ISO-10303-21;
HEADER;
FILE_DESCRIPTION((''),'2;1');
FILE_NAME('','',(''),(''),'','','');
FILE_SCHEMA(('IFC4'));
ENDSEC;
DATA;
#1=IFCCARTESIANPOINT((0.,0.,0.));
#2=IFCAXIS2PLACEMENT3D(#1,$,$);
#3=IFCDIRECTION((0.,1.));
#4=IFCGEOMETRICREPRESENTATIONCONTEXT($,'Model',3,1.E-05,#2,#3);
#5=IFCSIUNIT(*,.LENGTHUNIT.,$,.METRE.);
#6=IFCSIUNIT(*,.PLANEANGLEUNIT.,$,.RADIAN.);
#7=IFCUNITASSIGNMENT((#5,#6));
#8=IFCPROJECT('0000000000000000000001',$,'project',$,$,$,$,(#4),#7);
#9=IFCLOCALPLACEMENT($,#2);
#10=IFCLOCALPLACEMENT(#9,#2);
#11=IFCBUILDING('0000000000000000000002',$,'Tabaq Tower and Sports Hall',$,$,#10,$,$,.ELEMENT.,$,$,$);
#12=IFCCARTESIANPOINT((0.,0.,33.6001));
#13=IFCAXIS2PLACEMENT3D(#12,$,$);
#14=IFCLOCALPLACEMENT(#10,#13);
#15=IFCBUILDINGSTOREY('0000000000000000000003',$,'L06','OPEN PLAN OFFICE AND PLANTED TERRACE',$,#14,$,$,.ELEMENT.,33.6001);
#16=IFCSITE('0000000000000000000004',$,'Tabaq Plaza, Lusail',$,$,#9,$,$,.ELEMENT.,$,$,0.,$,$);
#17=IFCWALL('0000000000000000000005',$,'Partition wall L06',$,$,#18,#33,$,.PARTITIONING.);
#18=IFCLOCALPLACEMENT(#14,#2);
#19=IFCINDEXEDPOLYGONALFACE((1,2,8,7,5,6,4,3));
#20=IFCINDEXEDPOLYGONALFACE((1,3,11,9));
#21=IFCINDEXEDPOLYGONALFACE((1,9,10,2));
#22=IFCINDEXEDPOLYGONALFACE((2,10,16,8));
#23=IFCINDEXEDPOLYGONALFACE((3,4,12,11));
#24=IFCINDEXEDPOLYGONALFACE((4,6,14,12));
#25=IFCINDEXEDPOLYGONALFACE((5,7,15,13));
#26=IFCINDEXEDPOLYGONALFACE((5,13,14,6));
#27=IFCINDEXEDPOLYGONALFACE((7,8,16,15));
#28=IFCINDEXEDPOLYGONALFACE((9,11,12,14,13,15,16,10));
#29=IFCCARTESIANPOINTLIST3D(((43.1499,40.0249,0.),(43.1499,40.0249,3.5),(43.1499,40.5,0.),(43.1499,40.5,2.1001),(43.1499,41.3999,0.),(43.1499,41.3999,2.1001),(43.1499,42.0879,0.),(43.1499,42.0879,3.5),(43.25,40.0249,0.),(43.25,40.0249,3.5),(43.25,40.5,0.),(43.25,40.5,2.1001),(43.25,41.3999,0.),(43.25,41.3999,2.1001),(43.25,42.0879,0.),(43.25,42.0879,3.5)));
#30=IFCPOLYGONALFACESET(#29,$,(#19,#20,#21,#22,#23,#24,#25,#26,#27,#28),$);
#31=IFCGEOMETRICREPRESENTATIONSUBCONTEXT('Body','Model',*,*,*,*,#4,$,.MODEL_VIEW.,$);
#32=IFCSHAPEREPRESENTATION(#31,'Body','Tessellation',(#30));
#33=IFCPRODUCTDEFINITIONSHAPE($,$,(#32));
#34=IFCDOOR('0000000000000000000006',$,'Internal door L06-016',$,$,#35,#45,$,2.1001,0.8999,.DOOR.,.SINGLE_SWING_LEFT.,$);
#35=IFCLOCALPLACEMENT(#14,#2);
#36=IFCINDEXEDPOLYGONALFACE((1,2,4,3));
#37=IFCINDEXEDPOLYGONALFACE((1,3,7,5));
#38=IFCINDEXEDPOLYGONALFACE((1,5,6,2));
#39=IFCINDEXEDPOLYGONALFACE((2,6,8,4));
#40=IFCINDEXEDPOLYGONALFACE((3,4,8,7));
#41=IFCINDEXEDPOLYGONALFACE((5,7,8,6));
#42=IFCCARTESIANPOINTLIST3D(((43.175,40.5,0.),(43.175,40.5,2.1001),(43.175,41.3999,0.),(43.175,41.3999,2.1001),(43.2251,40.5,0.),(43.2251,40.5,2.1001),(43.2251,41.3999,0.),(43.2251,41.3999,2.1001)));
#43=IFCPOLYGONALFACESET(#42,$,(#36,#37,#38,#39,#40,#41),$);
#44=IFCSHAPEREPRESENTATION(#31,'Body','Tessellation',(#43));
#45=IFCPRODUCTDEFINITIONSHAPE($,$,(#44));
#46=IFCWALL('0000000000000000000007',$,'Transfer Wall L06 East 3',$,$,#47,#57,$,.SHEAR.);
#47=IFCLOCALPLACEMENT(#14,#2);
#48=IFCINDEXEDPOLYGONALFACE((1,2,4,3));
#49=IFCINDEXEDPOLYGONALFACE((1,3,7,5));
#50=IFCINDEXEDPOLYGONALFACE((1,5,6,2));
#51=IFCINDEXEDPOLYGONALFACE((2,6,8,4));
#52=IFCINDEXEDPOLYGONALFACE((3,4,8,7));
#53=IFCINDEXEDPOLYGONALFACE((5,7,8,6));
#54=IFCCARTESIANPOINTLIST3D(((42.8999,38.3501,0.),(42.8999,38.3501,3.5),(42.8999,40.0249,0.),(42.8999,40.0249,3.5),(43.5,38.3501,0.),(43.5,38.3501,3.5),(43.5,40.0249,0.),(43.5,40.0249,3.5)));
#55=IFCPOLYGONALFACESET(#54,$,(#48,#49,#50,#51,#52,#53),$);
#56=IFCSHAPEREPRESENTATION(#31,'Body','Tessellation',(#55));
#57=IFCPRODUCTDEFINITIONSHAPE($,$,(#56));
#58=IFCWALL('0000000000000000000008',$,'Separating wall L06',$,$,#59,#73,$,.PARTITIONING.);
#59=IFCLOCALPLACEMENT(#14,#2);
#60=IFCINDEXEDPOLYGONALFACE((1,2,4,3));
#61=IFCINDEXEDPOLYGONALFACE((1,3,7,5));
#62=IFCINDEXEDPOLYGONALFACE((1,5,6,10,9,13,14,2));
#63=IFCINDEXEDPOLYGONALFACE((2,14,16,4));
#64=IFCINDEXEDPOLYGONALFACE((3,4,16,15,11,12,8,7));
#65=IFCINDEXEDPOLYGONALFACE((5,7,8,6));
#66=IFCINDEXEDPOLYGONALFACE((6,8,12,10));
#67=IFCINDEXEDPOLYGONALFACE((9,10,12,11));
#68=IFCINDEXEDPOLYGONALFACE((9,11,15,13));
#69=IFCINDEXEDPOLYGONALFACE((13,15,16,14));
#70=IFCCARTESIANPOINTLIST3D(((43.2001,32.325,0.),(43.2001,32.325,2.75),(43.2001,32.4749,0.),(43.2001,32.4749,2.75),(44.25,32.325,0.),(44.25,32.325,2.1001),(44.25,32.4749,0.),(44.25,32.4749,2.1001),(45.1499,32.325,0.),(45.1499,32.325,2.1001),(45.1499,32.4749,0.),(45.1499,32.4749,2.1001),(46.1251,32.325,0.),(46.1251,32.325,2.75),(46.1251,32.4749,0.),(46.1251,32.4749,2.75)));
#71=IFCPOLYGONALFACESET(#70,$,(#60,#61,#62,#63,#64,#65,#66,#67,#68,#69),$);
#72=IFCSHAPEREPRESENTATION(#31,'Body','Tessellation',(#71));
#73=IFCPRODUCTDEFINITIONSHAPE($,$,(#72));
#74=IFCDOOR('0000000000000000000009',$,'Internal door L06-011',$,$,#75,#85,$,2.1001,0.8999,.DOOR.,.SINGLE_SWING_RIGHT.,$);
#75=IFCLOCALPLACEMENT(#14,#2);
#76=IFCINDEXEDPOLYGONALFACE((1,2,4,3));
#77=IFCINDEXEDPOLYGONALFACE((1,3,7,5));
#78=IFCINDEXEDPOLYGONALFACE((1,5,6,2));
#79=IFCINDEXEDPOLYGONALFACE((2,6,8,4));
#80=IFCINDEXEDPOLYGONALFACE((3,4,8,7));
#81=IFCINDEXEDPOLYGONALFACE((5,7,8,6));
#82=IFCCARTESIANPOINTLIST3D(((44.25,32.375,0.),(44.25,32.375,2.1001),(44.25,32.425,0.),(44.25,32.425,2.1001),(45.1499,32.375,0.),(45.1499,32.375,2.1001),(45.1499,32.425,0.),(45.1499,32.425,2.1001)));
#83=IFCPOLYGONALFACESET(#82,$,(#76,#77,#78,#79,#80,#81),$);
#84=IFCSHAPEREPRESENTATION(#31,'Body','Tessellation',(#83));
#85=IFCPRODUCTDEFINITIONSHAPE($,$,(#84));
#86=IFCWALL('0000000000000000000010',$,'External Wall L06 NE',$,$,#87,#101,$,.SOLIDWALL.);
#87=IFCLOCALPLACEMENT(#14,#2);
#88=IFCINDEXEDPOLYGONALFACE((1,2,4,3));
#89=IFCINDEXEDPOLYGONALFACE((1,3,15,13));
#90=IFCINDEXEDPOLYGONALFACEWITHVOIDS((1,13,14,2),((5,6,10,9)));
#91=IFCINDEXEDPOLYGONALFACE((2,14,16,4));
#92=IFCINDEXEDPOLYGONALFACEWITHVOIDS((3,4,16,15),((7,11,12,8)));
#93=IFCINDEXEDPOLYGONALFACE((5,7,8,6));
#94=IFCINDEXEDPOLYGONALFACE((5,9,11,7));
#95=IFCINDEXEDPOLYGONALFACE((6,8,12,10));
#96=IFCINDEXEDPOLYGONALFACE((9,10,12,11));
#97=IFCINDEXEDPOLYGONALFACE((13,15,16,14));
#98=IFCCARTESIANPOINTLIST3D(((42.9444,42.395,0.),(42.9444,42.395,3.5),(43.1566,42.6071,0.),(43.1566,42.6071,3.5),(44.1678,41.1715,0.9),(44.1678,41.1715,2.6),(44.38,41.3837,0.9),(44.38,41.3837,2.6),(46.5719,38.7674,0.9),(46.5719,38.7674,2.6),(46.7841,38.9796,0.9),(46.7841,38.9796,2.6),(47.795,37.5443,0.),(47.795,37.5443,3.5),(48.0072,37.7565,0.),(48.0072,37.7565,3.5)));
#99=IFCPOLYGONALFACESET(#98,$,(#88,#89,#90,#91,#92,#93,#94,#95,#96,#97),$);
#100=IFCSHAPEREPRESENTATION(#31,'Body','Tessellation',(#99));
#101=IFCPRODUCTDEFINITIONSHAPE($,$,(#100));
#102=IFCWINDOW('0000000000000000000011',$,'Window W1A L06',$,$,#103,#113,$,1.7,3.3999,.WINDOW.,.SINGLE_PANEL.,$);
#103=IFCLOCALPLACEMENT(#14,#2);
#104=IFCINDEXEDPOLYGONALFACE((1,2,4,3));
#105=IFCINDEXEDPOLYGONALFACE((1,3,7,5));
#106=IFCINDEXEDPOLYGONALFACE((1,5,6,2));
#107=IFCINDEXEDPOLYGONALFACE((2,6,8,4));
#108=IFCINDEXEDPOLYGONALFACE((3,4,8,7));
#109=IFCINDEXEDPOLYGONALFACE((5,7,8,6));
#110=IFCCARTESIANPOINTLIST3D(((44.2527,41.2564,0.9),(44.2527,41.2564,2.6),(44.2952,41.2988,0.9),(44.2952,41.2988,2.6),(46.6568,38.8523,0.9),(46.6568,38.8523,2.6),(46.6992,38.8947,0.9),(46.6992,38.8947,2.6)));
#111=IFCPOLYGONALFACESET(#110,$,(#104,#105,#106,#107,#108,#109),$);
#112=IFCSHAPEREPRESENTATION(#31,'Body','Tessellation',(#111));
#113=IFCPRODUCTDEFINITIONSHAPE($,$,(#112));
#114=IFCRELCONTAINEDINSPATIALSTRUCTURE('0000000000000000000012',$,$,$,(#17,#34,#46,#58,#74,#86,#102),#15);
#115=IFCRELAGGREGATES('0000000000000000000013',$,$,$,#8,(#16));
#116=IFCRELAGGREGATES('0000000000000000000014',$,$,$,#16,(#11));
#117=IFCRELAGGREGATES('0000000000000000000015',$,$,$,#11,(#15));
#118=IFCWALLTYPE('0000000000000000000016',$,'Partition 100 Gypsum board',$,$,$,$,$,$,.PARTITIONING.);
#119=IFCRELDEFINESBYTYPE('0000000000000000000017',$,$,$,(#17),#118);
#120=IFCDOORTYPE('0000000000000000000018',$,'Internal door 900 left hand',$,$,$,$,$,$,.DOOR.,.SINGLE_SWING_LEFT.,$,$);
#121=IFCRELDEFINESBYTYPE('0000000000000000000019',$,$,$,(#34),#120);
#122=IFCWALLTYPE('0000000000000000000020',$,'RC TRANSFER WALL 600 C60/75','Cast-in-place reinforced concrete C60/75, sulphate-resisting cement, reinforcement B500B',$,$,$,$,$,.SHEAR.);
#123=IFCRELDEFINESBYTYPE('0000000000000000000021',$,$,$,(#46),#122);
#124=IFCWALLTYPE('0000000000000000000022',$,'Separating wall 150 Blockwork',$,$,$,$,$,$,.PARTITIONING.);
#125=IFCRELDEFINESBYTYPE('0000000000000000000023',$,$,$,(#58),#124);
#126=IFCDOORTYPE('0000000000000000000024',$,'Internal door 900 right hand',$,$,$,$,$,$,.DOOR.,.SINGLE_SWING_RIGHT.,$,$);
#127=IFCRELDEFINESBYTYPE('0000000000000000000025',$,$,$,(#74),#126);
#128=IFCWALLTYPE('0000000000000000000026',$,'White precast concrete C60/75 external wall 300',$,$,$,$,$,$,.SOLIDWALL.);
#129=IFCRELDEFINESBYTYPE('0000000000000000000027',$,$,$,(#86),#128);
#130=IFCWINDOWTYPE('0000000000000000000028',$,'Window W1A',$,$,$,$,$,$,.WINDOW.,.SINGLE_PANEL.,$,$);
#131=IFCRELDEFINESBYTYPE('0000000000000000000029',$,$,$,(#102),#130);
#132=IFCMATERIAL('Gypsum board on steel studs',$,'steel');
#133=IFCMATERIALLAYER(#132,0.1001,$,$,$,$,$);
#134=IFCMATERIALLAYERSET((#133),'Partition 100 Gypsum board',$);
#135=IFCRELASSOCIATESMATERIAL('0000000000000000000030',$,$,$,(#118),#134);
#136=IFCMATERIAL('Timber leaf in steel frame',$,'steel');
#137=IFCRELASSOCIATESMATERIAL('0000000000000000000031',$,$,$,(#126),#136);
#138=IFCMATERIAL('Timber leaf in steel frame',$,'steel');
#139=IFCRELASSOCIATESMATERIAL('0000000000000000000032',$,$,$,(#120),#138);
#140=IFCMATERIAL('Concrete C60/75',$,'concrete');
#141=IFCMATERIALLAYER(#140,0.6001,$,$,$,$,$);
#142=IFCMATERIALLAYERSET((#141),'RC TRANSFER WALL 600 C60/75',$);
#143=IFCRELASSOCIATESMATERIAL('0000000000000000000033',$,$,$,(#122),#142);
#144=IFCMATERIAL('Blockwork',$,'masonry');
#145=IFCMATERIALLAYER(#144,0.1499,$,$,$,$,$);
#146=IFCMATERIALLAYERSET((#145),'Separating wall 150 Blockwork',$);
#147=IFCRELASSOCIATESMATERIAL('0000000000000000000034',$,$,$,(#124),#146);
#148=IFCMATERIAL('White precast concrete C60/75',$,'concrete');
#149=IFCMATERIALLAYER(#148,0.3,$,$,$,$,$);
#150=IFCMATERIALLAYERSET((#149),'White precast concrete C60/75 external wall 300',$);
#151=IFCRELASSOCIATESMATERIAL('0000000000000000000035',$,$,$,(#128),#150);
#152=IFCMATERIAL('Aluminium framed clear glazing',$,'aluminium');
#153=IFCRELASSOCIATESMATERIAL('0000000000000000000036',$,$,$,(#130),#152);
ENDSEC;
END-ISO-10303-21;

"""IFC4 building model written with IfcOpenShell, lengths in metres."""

from ifc_helpers import new_model, si_unit, direction, frame, frame_2d, origin, place, context, subcontext, project, spatial, rectangle, extrude, material, layer, layer_set, type_object, element, fill, save


model = new_model("IFC4")

# Units and contexts
model_context = context("Model", 3, precision=1e-05, world=origin(), true_north=direction((0.0, 1.0)))
body_context = subcontext(model_context, "Body", "Model", "MODEL_VIEW")
ifc_project = project(units=[si_unit("LENGTHUNIT", "METRE"), si_unit("PLANEANGLEUNIT", "RADIAN")], contexts=[model_context])

# Site, building, storey
site_placement = place(None, origin())
site = spatial("IfcSite", under=ifc_project, at=site_placement, Name="Tabaq Plaza, Lusail", CompositionType="ELEMENT", RefElevation=0.0)
building_placement = place(site_placement, origin())
building = spatial("IfcBuilding", under=site, at=building_placement, Name="Tabaq Tower and Sports Hall", CompositionType="ELEMENT")
storey_placement = place(building_placement, frame((0.0, 0.0, 33.6001)))
storey = spatial("IfcBuildingStorey", under=building, at=storey_placement, Name="L06", Description="OPEN PLAN OFFICE AND PLANTED TERRACE", CompositionType="ELEMENT", Elevation=33.6001)

# Shared definitions
ifc_material_1 = material(Name="Gypsum board on steel studs", Category="steel")
ifc_layer_1 = layer(ifc_material_1, 0.1001)
ifc_layer_set_1 = layer_set([ifc_layer_1], Name="Partition 100 Gypsum board")
wall_type_1 = type_object("IfcWallType", Name="Partition 100 Gypsum board", PredefinedType="PARTITIONING", material=ifc_layer_set_1)
ifc_material_2 = material(Name="Timber leaf in steel frame", Category="steel")
door_type_1 = type_object("IfcDoorType", Name="Internal door 900 right hand", OperationType="SINGLE_SWING_RIGHT", PredefinedType="DOOR", material=ifc_material_2)

# Wall, opening, door
wall_1_placement = place(storey_placement, frame((43.2, 40.0249, 0.0), z_axis=(0.0, 0.0, 1.0), x_axis=(0.0, 1.0, 0.0)))
wall_1 = element("IfcWall", 1, at=wall_1_placement, inside=storey, type_object=wall_type_1, Name="Partition wall L06", PredefinedType="PARTITIONING", context=body_context, shape_type="SweptSolid", body=[
    extrude(rectangle(XDim=2.063, YDim=0.1001, at=frame_2d((1.0315, 0.0))), origin(), (0.0, 0.0, 1.0), 3.5),
])
opening_1_placement = place(wall_1_placement, frame((0.4751, 0.0, 0.0)))
opening_1 = element("IfcOpeningElement", 2, at=opening_1_placement, cuts=wall_1, PredefinedType="OPENING", context=body_context, shape_type="SweptSolid", body=[
    extrude(rectangle(XDim=0.8999, YDim=2.1001, at=frame_2d((0.45, 1.05))), frame((0.0, 0.05, 0.0), z_axis=(0.0, -1.0, 0.0), x_axis=(1.0, 0.0, 0.0)), (0.0, 0.0, 1.0), 0.1001),
])
ifc_material_3 = material(Name="Timber leaf in steel frame", Category="steel")
door_type_2 = type_object("IfcDoorType", Name="Internal door 900 left hand", OperationType="SINGLE_SWING_LEFT", PredefinedType="DOOR", material=ifc_material_3)
door_1_placement = place(opening_1_placement, origin())
door_1 = element("IfcDoor", 3, at=door_1_placement, inside=storey, type_object=door_type_2, Name="Internal door L06-016", OperationType="SINGLE_SWING_LEFT", OverallHeight=2.1001, OverallWidth=0.8999, PredefinedType="DOOR", context=body_context, shape_type="SweptSolid", body=[
    extrude(rectangle(XDim=0.8999, YDim=2.1001, at=frame_2d((0.45, 1.05))), frame((0.0, 0.0249, 0.0), z_axis=(0.0, -1.0, 0.0), x_axis=(1.0, 0.0, 0.0)), (0.0, 0.0, 1.0), 0.05),
])
fill(opening_1, door_1)

# Wall
ifc_material_4 = material(Name="Concrete C60/75", Category="concrete")
ifc_layer_2 = layer(ifc_material_4, 0.6001)
ifc_layer_set_2 = layer_set([ifc_layer_2], Name="RC TRANSFER WALL 600 C60/75")
wall_type_2 = type_object("IfcWallType", Name="RC TRANSFER WALL 600 C60/75", Description="Cast-in-place reinforced concrete C60/75, sulphate-resisting cement, reinforcement B500B", PredefinedType="SHEAR", material=ifc_layer_set_2)
wall_2_placement = place(storey_placement, frame((43.2, 38.3501, 0.0), z_axis=(0.0, 0.0, 1.0), x_axis=(0.0, 1.0, 0.0)))
element("IfcWall", 4, at=wall_2_placement, inside=storey, type_object=wall_type_2, Name="Transfer Wall L06 East 3", PredefinedType="SHEAR", context=body_context, shape_type="SweptSolid", body=[
    extrude(rectangle(XDim=1.6748, YDim=0.6001, at=frame_2d((0.8374, 0.0))), origin(), (0.0, 0.0, 1.0), 3.5),
])

# Wall, opening, door
ifc_material_5 = material(Name="Blockwork", Category="masonry")
ifc_layer_3 = layer(ifc_material_5, 0.1499)
ifc_layer_set_3 = layer_set([ifc_layer_3], Name="Separating wall 150 Blockwork")
wall_type_3 = type_object("IfcWallType", Name="Separating wall 150 Blockwork", PredefinedType="PARTITIONING", material=ifc_layer_set_3)
wall_3_placement = place(storey_placement, frame((46.125, 32.3999, 0.0), z_axis=(0.0, 0.0, 1.0), x_axis=(-1.0, 0.0, 0.0)))
wall_3 = element("IfcWall", 5, at=wall_3_placement, inside=storey, type_object=wall_type_3, Name="Separating wall L06", PredefinedType="PARTITIONING", context=body_context, shape_type="SweptSolid", body=[
    extrude(rectangle(XDim=2.925, YDim=0.1499, at=frame_2d((1.4624, 0.0))), origin(), (0.0, 0.0, 1.0), 2.75),
])
opening_2_placement = place(wall_3_placement, frame((0.9751, 0.0, 0.0)))
opening_2 = element("IfcOpeningElement", 6, at=opening_2_placement, cuts=wall_3, PredefinedType="OPENING", context=body_context, shape_type="SweptSolid", body=[
    extrude(rectangle(XDim=0.8999, YDim=2.1001, at=frame_2d((0.45, 1.05))), frame((0.0, 0.075, 0.0), z_axis=(0.0, -1.0, 0.0), x_axis=(1.0, 0.0, 0.0)), (0.0, 0.0, 1.0), 0.1499),
])
door_2_placement = place(opening_2_placement, origin())
door_2 = element("IfcDoor", 7, at=door_2_placement, inside=storey, type_object=door_type_1, Name="Internal door L06-011", OperationType="SINGLE_SWING_RIGHT", OverallHeight=2.1001, OverallWidth=0.8999, PredefinedType="DOOR", context=body_context, shape_type="SweptSolid", body=[
    extrude(rectangle(XDim=0.8999, YDim=2.1001, at=frame_2d((0.45, 1.05))), frame((0.0, 0.0249, 0.0), z_axis=(0.0, -1.0, 0.0), x_axis=(1.0, 0.0, 0.0)), (0.0, 0.0, 1.0), 0.05),
])
fill(opening_2, door_2)

# Wall, opening, window
ifc_material_6 = material(Name="White precast concrete C60/75", Category="concrete")
ifc_layer_4 = layer(ifc_material_6, 0.3)
ifc_layer_set_4 = layer_set([ifc_layer_4], Name="White precast concrete C60/75 external wall 300")
wall_type_4 = type_object("IfcWallType", Name="White precast concrete C60/75 external wall 300", PredefinedType="SOLIDWALL", material=ifc_layer_set_4)
wall_4_placement = place(storey_placement, frame((47.9011, 37.6504, 0.0), z_axis=(0.0, 0.0, 1.0), x_axis=(-0.707107, 0.707107, 0.0)))
wall_4 = element("IfcWall", 8, at=wall_4_placement, inside=storey, type_object=wall_type_4, Name="External Wall L06 NE", PredefinedType="SOLIDWALL", context=body_context, shape_type="SweptSolid", body=[
    extrude(rectangle(XDim=6.8599, YDim=0.3, at=frame_2d((3.4299, 0.0))), origin(), (0.0, 0.0, 1.0), 3.5),
])
opening_3_placement = place(wall_4_placement, frame((1.7297, 0.0, 0.8999)))
opening_3 = element("IfcOpeningElement", 9, at=opening_3_placement, cuts=wall_4, PredefinedType="OPENING", context=body_context, shape_type="SweptSolid", body=[
    extrude(rectangle(XDim=3.3999, YDim=1.7, at=frame_2d((1.7, 0.8501))), frame((0.0, 0.1602, 0.0), z_axis=(0.0, -1.0, 0.0), x_axis=(1.0, 0.0, 0.0)), (0.0, 0.0, 1.0), 0.3201),
])
ifc_material_7 = material(Name="Aluminium framed clear glazing", Category="aluminium")
window_type = type_object("IfcWindowType", Name="Window W1A", PartitioningType="SINGLE_PANEL", PredefinedType="WINDOW", material=ifc_material_7)
window_1_placement = place(opening_3_placement, origin())
window_1 = element("IfcWindow", 10, at=window_1_placement, inside=storey, type_object=window_type, Name="Window W1A L06", OverallHeight=1.7, OverallWidth=3.3999, PartitioningType="SINGLE_PANEL", PredefinedType="WINDOW", context=body_context, shape_type="SweptSolid", body=[
    extrude(rectangle(XDim=3.3999, YDim=1.7, at=frame_2d((1.7, 0.8501))), frame((0.0, 0.03, 0.0), z_axis=(0.0, -1.0, 0.0), x_axis=(1.0, 0.0, 0.0)), (0.0, 0.0, 1.0), 0.0601),
])
fill(opening_3, window_1)

save(model, "model.ifc")
